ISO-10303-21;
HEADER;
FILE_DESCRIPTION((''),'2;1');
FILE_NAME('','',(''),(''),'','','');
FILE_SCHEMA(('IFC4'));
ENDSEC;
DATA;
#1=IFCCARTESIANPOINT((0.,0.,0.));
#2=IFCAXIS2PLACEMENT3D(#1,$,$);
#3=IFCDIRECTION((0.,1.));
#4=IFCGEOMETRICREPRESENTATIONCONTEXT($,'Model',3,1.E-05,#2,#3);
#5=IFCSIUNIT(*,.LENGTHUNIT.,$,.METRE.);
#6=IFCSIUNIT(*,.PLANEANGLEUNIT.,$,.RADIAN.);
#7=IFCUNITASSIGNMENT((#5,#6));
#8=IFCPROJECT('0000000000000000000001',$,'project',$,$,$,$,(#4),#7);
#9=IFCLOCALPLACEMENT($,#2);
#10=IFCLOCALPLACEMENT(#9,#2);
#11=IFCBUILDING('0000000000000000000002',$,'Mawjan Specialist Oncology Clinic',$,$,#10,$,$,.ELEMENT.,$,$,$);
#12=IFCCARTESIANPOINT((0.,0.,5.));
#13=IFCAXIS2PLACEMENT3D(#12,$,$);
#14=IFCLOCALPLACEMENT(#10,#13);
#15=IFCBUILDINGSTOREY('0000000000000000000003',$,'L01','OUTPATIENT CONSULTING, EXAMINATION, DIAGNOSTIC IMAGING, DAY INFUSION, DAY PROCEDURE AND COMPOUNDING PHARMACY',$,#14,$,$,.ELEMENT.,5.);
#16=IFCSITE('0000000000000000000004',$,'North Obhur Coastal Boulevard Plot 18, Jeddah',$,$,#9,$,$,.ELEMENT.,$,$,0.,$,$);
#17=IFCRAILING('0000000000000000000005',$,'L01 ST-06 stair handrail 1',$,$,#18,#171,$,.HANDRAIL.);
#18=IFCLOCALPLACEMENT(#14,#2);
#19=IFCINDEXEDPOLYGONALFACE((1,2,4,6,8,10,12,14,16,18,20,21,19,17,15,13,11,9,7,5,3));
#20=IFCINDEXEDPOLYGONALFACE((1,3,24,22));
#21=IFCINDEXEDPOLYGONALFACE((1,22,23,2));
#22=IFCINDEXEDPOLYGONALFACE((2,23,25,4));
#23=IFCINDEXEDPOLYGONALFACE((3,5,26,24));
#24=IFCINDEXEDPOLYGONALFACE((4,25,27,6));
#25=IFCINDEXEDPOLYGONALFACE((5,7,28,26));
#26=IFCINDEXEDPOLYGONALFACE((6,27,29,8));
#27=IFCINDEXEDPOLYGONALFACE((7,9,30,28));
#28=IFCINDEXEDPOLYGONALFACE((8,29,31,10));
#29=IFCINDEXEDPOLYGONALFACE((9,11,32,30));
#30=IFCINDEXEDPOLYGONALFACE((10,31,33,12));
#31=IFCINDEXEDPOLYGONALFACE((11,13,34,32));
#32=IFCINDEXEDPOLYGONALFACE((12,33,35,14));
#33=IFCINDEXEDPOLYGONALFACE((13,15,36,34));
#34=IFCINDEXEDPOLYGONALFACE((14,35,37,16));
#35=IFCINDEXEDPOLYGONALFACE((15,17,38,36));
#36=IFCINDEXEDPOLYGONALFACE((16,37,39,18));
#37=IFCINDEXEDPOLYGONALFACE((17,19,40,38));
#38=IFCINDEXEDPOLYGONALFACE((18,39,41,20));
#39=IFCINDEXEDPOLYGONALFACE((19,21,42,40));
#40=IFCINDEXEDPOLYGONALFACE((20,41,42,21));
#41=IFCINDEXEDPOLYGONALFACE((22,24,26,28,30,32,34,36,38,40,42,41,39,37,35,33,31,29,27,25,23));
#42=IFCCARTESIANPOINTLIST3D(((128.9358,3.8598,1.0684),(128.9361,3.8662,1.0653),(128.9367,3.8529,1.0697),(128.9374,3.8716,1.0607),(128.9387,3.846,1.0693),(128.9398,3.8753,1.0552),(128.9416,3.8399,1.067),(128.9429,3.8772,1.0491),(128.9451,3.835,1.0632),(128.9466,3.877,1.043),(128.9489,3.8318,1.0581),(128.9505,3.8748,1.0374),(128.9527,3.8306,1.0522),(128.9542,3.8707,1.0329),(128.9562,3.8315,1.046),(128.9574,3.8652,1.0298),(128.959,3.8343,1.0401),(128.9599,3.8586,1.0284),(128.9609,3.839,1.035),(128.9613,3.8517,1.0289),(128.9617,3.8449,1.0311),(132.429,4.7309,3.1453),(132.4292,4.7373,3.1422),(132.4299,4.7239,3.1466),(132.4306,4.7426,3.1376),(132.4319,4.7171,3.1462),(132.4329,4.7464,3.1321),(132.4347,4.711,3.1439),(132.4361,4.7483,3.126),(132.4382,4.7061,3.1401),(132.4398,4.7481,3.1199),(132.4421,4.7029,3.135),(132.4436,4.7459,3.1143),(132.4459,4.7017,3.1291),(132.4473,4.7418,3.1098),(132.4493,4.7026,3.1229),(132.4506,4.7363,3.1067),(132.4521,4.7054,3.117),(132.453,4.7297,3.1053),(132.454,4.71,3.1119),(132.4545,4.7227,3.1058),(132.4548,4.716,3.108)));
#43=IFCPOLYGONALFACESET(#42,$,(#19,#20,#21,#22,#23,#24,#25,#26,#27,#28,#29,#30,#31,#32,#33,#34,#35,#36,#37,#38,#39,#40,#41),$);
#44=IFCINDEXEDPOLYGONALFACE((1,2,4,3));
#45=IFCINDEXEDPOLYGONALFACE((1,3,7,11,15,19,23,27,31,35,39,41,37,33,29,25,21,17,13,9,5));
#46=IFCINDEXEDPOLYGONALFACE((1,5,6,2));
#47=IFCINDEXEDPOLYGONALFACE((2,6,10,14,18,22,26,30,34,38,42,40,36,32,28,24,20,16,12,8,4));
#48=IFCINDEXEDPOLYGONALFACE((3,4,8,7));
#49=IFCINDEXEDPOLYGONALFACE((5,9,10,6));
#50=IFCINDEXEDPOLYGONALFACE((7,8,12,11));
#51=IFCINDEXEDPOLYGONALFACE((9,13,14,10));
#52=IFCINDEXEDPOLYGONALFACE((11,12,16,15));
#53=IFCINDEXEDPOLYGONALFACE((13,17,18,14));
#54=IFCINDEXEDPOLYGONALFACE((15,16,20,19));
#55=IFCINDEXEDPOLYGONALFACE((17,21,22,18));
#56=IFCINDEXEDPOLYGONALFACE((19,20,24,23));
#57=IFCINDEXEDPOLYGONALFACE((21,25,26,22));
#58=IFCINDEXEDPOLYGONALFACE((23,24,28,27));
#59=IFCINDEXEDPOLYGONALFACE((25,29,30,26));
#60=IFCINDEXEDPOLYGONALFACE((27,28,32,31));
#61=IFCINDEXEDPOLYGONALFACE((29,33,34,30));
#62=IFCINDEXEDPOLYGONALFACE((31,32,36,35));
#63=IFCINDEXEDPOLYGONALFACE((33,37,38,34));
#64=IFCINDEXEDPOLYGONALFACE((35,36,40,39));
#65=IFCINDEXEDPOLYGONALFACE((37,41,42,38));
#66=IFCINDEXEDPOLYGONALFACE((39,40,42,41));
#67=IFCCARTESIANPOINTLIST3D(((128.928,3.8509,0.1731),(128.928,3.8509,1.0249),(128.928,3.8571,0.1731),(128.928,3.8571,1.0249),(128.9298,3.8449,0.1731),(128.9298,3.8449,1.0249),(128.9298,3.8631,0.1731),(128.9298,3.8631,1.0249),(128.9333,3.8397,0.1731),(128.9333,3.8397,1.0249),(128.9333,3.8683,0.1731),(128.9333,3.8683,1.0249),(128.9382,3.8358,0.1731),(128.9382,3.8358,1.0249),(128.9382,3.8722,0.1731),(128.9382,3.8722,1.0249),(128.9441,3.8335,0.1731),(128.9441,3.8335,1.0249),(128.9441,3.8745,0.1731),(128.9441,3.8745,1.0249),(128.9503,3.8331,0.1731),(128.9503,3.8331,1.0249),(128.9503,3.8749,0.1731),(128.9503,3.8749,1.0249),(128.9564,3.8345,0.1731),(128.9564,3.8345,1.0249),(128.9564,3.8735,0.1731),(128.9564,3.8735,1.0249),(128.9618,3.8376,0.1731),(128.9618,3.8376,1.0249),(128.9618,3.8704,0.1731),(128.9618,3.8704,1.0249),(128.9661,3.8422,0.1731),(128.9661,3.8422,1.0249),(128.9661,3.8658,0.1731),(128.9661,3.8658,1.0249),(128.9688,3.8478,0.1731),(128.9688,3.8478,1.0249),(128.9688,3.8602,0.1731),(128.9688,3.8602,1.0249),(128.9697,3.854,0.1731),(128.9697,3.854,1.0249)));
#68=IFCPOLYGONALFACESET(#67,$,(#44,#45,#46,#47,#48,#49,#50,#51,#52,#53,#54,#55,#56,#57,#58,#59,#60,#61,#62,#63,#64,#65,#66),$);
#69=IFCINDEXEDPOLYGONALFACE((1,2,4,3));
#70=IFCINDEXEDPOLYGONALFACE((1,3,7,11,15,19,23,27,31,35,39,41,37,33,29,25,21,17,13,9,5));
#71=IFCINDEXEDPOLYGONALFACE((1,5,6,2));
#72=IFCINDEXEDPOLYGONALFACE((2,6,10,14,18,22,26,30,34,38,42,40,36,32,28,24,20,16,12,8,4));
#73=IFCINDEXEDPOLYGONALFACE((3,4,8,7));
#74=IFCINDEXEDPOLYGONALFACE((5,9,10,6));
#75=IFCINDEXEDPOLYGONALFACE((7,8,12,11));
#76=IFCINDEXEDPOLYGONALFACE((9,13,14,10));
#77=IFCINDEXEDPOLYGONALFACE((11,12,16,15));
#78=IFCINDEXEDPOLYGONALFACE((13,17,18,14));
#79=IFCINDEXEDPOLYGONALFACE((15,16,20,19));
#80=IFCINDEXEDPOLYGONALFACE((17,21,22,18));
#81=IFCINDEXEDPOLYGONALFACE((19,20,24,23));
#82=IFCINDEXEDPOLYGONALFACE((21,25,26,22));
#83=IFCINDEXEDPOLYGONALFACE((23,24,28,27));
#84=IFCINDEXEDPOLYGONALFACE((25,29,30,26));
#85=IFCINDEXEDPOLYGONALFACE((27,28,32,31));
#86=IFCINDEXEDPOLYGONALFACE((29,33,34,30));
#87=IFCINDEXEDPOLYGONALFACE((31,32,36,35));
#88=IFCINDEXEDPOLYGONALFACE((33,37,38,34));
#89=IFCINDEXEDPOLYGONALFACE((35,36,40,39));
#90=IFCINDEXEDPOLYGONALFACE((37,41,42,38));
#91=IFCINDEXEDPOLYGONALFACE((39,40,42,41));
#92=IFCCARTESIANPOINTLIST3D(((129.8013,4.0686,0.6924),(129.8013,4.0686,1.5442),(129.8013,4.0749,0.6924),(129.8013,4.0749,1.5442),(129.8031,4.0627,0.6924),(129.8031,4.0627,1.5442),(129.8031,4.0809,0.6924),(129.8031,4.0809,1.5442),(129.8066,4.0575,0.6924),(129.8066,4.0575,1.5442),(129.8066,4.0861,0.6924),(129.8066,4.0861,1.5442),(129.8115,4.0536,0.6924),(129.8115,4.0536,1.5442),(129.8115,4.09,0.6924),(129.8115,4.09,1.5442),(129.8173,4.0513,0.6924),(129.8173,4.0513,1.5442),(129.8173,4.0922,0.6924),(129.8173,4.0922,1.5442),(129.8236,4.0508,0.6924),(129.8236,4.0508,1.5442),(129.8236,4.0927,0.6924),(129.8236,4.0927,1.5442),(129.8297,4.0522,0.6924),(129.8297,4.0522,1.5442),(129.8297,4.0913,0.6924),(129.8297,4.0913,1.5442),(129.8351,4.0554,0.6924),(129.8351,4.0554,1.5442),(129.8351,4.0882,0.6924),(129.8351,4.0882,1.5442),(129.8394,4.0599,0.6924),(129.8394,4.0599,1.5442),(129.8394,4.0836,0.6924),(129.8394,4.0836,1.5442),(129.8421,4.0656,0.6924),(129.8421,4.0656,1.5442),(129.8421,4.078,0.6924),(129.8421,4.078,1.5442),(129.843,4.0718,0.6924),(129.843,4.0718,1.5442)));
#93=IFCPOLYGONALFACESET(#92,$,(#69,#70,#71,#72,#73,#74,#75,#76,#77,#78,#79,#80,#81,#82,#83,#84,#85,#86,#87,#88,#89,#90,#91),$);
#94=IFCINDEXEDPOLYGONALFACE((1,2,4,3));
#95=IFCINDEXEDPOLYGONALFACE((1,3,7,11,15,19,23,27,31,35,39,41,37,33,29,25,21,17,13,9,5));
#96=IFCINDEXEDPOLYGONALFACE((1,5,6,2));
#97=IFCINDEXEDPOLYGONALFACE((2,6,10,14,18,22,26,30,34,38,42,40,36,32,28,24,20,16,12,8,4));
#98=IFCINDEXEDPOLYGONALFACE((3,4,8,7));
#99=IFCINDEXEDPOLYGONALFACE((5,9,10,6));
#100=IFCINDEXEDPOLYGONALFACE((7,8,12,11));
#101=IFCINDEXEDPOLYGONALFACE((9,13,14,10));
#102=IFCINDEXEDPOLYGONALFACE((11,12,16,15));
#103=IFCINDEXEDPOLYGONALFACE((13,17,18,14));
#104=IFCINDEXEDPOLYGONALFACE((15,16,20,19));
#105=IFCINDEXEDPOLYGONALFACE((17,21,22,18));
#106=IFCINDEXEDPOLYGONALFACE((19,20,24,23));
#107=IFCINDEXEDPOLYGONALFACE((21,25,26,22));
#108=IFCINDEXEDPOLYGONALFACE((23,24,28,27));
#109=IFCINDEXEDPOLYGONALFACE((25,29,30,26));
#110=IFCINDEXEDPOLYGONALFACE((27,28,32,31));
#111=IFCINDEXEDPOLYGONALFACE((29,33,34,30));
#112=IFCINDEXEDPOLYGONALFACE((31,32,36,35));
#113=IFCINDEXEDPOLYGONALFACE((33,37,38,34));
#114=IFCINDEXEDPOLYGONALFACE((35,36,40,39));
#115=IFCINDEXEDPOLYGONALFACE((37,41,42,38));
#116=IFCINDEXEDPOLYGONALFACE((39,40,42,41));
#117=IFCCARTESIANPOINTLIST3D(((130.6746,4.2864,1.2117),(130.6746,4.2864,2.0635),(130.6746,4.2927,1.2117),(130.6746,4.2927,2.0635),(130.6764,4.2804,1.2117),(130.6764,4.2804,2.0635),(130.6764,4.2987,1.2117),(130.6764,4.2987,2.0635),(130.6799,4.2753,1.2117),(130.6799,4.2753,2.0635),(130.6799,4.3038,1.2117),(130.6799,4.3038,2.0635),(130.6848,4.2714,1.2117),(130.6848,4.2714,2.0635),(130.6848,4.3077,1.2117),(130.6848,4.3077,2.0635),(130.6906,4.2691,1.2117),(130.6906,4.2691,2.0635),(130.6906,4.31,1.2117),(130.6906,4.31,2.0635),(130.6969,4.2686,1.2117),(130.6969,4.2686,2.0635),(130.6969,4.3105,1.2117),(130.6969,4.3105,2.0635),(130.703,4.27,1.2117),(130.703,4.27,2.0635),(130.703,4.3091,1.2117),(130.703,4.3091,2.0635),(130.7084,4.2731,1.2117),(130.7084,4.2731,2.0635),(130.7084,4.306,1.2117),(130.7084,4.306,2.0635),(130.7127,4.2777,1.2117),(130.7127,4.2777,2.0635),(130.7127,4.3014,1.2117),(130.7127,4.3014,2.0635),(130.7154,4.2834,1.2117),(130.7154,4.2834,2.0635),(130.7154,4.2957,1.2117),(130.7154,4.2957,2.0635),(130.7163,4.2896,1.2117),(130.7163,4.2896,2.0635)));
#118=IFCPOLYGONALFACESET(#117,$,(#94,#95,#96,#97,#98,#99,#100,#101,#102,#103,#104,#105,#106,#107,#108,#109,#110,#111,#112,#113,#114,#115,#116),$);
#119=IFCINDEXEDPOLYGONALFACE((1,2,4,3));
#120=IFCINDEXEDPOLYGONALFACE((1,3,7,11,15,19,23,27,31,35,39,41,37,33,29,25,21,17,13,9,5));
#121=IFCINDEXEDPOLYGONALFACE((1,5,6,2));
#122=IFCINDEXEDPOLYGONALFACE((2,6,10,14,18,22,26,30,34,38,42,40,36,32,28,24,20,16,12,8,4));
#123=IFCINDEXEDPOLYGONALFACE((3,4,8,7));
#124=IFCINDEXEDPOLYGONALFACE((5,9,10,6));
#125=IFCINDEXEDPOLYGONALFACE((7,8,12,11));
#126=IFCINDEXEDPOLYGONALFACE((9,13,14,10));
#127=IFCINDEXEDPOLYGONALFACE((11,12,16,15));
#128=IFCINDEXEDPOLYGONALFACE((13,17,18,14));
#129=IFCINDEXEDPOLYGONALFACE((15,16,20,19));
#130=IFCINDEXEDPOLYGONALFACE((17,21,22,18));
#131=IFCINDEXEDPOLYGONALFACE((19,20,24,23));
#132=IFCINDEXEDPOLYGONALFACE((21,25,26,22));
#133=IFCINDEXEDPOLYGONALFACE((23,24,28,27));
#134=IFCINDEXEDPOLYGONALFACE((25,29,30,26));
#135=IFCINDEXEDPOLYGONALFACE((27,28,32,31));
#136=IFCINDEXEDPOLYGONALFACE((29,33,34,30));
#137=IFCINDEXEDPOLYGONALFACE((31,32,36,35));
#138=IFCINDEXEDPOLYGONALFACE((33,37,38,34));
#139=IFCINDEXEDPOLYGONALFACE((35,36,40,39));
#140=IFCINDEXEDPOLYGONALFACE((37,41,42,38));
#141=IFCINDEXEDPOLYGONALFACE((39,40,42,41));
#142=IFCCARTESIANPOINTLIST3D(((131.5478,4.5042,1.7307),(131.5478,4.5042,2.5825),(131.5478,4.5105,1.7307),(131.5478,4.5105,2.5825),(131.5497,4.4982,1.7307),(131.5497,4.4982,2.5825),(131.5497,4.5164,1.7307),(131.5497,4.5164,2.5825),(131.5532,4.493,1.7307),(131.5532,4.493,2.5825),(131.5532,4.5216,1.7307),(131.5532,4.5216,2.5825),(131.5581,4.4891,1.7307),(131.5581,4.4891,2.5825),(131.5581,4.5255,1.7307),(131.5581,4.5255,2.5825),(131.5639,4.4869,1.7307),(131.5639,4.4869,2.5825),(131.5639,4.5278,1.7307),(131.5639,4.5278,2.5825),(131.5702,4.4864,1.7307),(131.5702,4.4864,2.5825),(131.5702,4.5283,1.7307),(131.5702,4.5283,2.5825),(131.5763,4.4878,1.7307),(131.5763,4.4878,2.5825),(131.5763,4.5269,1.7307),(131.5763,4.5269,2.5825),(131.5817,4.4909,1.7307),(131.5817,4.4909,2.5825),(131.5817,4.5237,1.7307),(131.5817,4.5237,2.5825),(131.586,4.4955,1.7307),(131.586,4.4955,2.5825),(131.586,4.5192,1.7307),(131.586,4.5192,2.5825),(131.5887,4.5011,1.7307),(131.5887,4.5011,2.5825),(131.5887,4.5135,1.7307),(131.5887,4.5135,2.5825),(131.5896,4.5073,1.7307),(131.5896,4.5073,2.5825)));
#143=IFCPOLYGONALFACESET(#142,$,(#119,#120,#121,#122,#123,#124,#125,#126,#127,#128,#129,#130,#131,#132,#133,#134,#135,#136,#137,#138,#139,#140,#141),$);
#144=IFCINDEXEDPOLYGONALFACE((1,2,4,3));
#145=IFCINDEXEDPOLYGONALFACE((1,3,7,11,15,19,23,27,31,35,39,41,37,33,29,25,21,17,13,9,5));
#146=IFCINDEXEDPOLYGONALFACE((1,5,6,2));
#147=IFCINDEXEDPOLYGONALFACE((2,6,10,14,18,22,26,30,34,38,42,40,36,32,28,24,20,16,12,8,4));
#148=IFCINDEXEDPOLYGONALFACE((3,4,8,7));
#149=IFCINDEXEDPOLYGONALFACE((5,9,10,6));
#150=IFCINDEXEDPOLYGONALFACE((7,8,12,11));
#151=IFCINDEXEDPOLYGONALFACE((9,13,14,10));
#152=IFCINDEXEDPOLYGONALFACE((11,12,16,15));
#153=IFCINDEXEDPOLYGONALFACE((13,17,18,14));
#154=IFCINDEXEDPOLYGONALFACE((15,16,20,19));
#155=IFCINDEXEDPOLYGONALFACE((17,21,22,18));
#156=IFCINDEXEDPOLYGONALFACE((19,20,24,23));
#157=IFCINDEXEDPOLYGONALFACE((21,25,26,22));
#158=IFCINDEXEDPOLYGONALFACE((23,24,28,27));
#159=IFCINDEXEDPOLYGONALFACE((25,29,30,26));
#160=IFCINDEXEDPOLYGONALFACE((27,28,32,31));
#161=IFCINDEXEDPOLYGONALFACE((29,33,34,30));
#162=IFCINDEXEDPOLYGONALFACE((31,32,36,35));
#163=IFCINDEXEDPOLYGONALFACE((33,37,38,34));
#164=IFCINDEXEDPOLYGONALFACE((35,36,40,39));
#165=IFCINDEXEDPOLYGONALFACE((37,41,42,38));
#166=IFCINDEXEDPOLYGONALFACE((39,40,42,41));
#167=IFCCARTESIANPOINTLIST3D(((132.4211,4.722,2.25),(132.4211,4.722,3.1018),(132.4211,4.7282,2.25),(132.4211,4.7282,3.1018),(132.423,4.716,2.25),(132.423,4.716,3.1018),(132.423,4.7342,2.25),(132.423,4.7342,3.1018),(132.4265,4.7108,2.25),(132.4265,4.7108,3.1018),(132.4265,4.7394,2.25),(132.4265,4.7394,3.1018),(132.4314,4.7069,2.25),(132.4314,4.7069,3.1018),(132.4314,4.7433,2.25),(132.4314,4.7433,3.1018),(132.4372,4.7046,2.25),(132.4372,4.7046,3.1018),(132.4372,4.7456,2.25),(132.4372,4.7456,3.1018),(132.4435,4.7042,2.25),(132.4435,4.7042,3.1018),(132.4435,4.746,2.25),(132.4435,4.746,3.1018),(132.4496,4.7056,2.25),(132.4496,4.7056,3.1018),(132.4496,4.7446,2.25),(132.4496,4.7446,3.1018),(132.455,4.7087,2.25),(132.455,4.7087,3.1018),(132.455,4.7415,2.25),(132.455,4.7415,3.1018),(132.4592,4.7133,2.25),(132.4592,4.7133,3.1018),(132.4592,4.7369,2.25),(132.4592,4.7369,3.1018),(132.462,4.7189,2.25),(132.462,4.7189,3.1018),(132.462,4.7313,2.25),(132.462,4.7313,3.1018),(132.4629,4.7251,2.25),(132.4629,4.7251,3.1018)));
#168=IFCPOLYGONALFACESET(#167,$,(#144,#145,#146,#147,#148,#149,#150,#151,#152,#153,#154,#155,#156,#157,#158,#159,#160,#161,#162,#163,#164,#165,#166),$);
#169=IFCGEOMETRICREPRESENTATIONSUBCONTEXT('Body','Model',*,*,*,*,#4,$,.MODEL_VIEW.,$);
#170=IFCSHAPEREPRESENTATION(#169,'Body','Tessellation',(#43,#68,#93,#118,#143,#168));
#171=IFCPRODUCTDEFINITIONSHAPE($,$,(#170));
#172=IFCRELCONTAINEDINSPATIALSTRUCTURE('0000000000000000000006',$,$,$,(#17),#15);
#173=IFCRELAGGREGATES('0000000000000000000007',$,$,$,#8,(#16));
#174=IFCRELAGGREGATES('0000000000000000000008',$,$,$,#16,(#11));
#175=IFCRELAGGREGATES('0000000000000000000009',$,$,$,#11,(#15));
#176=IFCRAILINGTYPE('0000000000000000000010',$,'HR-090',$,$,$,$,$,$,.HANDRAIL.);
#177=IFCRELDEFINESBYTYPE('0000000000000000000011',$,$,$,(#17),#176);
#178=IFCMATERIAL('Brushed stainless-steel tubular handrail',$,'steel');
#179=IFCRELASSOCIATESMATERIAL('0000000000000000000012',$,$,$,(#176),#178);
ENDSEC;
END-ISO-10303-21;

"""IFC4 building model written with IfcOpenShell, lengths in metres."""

from ifc_helpers import new_model, si_unit, direction, frame, origin, origin_2d, place, context, subcontext, project, spatial, circle, extrude, material, type_object, element, save


model = new_model("IFC4")

# Units and contexts
model_context = context("Model", 3, precision=1e-05, world=origin(), true_north=direction((0.0, 1.0)))
body_context = subcontext(model_context, "Body", "Model", "MODEL_VIEW")
ifc_project = project(units=[si_unit("LENGTHUNIT", "METRE"), si_unit("PLANEANGLEUNIT", "RADIAN")], contexts=[model_context])

# Site, building, storey
site_placement = place(None, origin())
site = spatial("IfcSite", under=ifc_project, at=site_placement, Name="North Obhur Coastal Boulevard Plot 18, Jeddah", CompositionType="ELEMENT", RefElevation=0.0)
building_placement = place(site_placement, origin())
building = spatial("IfcBuilding", under=site, at=building_placement, Name="Mawjan Specialist Oncology Clinic", CompositionType="ELEMENT")
storey_placement = place(building_placement, frame((0.0, 0.0, 5.0)))
storey = spatial("IfcBuildingStorey", under=building, at=storey_placement, Name="L01", Description="OUTPATIENT CONSULTING, EXAMINATION, DIAGNOSTIC IMAGING, DAY INFUSION, DAY PROCEDURE AND COMPOUNDING PHARMACY", CompositionType="ELEMENT", Elevation=5.0)

# Railing
ifc_material_1 = material(Name="Brushed stainless-steel tubular handrail", Category="steel")
railing_type_1 = type_object("IfcRailingType", Name="HR-090", PredefinedType="HANDRAIL", material=ifc_material_1)
railing_1_placement = place(storey_placement, frame((128.9487, 3.854, 0.1731)))
element("IfcRailing", 1, at=railing_1_placement, inside=storey, type_object=railing_type_1, Name="L01 ST-06 stair handrail 1", PredefinedType="HANDRAIL", context=body_context, shape_type="SweptSolid", body=[
    extrude(circle(Radius=0.0239, at=origin_2d()), frame((0.0, 0.0, 0.876), z_axis=(0.840458, 0.209586, 0.499705), x_axis=(-0.241961, 0.970286, 0.0)), (0.0, 0.0, 1.0), 4.1562),
    extrude(circle(Radius=0.021, at=origin_2d()), origin(), (0.0, 0.0, 1.0), 0.8518),
    extrude(circle(Radius=0.021, at=origin_2d()), frame((0.8733, 0.2178, 0.5193)), (0.0, 0.0, 1.0), 0.8518),
    extrude(circle(Radius=0.021, at=origin_2d()), frame((1.7466, 0.4355, 1.0386)), (0.0, 0.0, 1.0), 0.8518),
    extrude(circle(Radius=0.021, at=origin_2d()), frame((2.6199, 0.6533, 1.5576)), (0.0, 0.0, 1.0), 0.8518),
    extrude(circle(Radius=0.021, at=origin_2d()), frame((3.4932, 0.8711, 2.0769)), (0.0, 0.0, 1.0), 0.8518),
])

save(model, "model.ifc")
